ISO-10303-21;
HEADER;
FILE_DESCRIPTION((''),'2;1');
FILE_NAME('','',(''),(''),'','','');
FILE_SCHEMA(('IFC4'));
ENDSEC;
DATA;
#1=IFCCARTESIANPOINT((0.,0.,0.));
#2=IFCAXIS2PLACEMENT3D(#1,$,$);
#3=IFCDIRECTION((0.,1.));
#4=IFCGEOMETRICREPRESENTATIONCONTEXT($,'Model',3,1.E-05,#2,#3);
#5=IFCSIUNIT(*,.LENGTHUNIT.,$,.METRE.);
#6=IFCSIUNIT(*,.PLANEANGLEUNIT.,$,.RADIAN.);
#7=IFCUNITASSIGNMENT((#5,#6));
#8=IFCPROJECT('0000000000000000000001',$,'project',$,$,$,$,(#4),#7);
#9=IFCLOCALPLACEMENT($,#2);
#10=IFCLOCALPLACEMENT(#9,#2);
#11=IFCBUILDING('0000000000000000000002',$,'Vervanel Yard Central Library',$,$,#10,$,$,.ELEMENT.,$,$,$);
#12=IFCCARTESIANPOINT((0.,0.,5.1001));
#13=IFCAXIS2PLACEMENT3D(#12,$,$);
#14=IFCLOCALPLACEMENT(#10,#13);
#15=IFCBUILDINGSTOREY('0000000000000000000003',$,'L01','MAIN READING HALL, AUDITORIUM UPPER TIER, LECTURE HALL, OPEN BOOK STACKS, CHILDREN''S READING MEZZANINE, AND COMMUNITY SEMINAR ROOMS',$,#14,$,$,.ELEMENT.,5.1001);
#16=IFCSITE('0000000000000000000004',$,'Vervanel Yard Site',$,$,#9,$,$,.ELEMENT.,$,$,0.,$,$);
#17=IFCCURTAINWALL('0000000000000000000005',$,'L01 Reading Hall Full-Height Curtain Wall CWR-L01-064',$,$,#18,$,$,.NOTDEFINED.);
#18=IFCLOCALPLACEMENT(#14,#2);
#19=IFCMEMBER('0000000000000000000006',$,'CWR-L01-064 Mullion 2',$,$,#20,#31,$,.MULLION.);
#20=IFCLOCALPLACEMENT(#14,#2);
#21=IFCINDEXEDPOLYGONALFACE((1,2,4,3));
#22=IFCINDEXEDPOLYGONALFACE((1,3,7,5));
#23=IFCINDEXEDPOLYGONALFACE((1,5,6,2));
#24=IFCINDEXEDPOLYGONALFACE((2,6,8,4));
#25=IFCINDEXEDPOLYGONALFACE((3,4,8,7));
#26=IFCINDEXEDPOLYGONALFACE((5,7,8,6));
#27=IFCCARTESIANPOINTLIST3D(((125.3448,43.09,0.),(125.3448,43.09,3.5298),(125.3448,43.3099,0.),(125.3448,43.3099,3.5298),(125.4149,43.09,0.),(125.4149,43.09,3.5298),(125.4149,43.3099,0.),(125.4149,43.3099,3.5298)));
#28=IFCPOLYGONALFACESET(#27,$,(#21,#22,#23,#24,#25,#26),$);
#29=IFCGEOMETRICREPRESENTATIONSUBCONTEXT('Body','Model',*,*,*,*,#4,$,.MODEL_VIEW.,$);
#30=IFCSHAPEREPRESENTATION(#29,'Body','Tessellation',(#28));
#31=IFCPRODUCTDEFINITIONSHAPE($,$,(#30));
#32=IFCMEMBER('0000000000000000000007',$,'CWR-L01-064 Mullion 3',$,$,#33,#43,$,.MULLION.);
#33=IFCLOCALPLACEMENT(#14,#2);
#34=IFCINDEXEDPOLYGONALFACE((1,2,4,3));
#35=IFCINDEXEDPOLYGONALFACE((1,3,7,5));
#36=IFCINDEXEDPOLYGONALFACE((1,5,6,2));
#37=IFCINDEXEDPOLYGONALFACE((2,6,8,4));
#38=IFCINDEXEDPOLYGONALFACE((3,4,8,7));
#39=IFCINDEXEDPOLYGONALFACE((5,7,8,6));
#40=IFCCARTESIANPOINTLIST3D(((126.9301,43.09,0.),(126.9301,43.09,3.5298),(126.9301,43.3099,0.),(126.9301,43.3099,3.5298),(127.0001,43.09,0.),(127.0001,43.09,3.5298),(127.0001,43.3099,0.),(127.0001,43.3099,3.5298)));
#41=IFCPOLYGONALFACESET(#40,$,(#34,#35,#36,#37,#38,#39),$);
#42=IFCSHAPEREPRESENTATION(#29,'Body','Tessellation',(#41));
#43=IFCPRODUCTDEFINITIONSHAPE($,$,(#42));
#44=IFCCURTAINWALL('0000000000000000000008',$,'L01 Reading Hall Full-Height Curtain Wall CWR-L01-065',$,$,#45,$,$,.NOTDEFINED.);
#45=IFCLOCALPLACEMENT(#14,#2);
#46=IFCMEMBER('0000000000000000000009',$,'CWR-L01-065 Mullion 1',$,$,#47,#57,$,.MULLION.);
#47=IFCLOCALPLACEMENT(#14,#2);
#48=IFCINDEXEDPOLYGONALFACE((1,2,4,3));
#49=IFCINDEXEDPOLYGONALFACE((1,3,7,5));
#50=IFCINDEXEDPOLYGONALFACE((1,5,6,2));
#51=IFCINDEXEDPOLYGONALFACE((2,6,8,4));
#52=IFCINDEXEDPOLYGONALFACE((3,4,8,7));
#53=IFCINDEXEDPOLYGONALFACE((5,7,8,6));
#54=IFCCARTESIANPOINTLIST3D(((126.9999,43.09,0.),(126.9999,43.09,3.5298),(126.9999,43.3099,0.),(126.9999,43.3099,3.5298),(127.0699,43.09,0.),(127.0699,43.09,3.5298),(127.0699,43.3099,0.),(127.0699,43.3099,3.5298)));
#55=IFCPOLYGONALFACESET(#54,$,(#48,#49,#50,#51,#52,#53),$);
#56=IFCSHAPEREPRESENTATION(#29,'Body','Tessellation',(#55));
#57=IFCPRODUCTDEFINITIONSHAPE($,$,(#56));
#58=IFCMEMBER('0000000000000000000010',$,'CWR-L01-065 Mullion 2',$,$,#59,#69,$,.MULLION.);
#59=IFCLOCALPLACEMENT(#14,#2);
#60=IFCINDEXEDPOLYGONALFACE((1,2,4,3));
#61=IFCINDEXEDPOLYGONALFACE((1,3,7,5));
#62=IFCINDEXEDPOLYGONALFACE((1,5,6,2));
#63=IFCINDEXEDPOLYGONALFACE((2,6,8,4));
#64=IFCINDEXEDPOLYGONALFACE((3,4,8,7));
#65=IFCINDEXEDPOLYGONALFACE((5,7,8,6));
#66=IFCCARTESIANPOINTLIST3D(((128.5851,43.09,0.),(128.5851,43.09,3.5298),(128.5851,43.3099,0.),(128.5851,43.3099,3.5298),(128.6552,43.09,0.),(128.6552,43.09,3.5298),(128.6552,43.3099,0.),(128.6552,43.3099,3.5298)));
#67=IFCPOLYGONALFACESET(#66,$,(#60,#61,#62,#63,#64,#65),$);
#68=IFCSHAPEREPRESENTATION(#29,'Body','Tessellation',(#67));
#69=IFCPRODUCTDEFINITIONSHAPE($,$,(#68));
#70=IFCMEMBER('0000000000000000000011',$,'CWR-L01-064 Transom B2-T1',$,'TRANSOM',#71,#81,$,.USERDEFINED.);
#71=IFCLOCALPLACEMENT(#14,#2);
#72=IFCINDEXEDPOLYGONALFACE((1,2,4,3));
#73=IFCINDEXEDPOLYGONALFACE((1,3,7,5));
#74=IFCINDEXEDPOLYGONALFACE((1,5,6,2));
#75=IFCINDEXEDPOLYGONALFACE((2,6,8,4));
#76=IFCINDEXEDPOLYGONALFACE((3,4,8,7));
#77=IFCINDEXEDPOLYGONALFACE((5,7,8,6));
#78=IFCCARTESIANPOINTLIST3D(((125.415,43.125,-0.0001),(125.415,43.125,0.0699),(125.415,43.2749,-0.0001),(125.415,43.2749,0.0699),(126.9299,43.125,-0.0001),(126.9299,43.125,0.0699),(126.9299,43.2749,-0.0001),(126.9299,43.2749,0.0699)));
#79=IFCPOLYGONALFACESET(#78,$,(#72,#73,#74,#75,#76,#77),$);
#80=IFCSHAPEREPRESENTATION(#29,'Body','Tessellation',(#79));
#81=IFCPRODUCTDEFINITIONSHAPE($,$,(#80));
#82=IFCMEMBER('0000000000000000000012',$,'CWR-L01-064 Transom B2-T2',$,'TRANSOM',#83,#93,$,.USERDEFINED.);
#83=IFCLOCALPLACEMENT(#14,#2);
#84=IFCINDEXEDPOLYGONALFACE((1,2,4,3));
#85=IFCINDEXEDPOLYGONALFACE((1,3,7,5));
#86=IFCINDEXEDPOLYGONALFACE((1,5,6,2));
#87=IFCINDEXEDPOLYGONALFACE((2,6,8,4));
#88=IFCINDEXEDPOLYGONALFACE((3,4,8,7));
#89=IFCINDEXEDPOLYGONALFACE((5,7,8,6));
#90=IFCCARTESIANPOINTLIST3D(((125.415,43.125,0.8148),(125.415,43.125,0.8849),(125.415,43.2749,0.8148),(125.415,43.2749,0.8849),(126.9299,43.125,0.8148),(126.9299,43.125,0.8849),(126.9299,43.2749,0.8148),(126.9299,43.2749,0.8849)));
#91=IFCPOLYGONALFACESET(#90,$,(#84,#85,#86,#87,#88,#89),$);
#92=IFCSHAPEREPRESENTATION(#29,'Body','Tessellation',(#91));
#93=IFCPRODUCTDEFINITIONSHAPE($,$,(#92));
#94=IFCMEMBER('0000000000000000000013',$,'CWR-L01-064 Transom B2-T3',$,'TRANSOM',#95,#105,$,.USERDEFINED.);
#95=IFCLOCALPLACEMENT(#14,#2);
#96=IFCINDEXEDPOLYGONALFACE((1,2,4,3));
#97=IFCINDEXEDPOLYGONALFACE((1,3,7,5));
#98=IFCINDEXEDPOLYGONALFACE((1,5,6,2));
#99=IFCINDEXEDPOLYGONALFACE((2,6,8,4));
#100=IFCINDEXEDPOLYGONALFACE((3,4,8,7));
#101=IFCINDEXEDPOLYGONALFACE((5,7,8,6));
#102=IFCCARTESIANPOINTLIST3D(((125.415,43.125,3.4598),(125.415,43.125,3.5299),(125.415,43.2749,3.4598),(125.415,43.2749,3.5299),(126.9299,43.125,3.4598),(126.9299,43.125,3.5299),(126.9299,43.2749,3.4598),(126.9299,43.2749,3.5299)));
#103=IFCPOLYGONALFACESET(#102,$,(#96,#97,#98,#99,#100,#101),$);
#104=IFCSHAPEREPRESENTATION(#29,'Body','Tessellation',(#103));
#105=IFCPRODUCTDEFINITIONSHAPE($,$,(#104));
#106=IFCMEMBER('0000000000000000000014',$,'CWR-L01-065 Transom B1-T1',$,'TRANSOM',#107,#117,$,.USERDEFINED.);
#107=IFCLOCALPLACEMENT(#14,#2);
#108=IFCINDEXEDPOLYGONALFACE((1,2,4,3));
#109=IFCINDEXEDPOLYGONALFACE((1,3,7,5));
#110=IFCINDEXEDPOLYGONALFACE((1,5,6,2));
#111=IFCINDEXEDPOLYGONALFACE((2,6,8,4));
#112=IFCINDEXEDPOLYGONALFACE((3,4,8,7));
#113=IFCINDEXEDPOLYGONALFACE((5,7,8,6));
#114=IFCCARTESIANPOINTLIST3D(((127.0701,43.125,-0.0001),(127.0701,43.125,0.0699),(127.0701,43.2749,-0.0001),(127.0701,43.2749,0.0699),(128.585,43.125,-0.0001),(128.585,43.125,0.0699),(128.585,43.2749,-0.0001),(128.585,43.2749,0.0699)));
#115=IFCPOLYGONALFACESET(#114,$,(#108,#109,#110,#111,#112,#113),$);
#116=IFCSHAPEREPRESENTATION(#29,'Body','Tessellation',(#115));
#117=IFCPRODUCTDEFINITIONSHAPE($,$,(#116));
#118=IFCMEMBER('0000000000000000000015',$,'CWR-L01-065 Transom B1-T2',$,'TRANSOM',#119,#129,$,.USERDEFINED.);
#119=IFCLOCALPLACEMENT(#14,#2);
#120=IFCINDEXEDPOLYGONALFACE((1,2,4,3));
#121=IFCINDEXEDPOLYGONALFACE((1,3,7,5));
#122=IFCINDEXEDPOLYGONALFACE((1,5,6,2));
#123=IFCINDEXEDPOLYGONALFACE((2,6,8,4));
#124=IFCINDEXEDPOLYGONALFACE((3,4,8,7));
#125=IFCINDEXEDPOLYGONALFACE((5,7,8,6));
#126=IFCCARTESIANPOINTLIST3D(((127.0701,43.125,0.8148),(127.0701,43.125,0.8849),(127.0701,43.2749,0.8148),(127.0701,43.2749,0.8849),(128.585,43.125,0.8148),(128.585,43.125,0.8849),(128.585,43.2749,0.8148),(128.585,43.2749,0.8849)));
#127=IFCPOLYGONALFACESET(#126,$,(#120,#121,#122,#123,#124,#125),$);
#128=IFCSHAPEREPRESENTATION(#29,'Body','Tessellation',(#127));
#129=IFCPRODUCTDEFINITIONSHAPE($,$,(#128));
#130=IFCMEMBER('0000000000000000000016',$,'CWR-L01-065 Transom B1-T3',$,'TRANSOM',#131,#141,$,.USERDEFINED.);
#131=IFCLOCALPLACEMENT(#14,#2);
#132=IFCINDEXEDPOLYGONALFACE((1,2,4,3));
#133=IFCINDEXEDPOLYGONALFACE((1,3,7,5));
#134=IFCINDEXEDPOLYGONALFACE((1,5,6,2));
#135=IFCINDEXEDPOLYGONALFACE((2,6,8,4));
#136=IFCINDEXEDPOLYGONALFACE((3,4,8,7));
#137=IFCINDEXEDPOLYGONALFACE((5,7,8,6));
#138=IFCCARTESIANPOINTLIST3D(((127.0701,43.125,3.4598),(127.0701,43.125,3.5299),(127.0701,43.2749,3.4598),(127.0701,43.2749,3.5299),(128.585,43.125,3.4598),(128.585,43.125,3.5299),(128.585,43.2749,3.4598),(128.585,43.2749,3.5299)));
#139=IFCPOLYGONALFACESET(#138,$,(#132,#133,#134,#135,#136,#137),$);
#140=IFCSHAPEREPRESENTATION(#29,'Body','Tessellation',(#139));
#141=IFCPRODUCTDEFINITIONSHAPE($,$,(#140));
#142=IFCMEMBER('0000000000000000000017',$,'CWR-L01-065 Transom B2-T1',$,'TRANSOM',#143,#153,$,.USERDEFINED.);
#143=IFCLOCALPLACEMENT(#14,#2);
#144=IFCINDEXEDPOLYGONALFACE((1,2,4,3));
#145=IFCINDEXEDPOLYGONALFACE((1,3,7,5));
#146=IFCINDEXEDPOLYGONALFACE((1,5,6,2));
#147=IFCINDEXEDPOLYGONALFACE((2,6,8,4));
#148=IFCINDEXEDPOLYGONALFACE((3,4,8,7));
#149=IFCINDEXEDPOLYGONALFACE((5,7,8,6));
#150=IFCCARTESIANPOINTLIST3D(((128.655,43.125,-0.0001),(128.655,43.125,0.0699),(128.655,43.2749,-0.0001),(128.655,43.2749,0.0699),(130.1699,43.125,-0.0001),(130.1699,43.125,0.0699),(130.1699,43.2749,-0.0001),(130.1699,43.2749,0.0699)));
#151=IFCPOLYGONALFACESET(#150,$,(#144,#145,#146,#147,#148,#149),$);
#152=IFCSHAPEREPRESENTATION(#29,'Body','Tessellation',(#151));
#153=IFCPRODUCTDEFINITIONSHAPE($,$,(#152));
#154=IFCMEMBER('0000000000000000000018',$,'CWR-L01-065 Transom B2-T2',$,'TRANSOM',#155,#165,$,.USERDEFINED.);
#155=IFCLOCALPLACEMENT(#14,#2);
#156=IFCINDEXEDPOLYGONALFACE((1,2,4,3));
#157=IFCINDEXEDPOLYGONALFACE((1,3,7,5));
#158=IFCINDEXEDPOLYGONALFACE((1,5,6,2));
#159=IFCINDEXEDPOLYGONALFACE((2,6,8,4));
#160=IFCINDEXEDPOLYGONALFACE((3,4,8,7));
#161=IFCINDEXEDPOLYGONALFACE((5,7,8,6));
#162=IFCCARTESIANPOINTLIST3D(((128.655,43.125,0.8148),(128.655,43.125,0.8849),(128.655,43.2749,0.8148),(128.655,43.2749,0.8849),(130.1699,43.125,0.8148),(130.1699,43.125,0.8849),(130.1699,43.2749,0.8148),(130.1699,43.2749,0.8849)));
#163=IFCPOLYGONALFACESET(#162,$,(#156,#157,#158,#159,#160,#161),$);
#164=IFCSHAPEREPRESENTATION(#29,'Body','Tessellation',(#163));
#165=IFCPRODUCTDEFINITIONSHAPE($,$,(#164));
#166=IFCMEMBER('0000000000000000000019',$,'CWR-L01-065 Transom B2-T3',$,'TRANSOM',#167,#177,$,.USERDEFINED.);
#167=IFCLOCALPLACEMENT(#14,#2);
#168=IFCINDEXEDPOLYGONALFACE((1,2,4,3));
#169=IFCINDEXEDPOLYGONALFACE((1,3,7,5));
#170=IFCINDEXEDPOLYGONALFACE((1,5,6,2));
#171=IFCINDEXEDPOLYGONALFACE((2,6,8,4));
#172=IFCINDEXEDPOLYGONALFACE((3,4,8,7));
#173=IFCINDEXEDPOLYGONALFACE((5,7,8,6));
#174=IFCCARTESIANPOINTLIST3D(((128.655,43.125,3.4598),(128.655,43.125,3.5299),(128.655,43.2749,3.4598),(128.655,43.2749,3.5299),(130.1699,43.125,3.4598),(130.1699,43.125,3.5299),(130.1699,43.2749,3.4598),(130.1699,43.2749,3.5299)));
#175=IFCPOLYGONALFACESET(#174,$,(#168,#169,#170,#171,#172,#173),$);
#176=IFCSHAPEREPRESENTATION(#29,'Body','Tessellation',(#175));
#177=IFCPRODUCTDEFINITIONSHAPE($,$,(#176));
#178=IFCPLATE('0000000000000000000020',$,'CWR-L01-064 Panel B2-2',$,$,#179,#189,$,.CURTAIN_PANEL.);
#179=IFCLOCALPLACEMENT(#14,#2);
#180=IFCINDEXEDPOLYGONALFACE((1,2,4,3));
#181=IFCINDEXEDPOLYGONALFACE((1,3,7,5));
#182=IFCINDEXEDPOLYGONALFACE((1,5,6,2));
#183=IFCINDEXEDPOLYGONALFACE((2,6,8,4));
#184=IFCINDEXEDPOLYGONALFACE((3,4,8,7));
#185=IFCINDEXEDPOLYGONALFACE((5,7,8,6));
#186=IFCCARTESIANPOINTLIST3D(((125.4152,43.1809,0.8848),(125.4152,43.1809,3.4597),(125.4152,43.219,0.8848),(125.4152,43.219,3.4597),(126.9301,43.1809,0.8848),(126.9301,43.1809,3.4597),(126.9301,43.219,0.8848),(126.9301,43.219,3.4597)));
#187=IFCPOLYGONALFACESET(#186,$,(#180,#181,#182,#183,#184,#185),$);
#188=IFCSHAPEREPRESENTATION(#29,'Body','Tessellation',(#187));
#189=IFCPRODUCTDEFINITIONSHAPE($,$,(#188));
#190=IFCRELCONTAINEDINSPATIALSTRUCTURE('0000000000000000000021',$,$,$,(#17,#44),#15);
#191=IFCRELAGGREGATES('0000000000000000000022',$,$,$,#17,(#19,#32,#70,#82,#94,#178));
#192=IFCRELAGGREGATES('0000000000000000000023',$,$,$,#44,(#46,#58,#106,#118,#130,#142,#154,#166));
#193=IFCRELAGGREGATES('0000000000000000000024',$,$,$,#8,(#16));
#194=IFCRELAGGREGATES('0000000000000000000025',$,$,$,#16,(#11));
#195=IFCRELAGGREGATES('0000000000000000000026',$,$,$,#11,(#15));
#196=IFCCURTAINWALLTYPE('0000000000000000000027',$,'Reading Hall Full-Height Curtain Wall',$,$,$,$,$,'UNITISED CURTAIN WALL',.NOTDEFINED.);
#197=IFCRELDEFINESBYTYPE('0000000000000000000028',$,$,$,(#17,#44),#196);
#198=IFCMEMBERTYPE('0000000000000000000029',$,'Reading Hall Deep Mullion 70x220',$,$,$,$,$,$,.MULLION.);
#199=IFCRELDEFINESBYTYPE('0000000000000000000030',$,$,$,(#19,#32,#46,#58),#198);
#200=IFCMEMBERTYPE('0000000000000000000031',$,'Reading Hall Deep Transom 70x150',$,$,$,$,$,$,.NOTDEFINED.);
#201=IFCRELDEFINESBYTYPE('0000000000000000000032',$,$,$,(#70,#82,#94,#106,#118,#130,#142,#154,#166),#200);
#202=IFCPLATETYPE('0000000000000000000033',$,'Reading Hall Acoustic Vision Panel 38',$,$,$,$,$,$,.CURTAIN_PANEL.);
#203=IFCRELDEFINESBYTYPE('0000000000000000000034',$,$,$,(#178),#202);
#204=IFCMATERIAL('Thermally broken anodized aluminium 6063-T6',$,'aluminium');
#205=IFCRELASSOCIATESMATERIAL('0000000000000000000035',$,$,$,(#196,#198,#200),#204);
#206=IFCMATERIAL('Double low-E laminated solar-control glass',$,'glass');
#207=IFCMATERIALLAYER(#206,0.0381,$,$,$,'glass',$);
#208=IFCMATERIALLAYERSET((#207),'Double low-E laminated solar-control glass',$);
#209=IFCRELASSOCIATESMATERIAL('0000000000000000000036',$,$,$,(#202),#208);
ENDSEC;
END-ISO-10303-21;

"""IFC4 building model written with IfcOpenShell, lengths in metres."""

from ifc_helpers import new_model, si_unit, direction, frame, origin, origin_2d, place, context, subcontext, project, spatial, rectangle, extrude, material, layer, layer_set, material_profile, profile_set, type_object, element, aggregate, save


model = new_model("IFC4")

# Units and contexts
model_context = context("Model", 3, precision=1e-05, world=origin(), true_north=direction((0.0, 1.0)))
body_context = subcontext(model_context, "Body", "Model", "MODEL_VIEW")
ifc_project = project(units=[si_unit("LENGTHUNIT", "METRE"), si_unit("PLANEANGLEUNIT", "RADIAN")], contexts=[model_context])

# Site, building, storey
site_placement = place(None, origin())
site = spatial("IfcSite", under=ifc_project, at=site_placement, Name="Vervanel Yard Site", CompositionType="ELEMENT", RefElevation=0.0)
building_placement = place(site_placement, origin())
building = spatial("IfcBuilding", under=site, at=building_placement, Name="Vervanel Yard Central Library", CompositionType="ELEMENT")
storey_placement = place(building_placement, frame((0.0, 0.0, 5.1001)))
storey = spatial("IfcBuildingStorey", under=building, at=storey_placement, Name="L01", Description="MAIN READING HALL, AUDITORIUM UPPER TIER, LECTURE HALL, OPEN BOOK STACKS, CHILDREN'S READING MEZZANINE, AND COMMUNITY SEMINAR ROOMS", CompositionType="ELEMENT", Elevation=5.1001)

# Curtain walls, members
ifc_material_1 = material(Name="Thermally broken anodized aluminium 6063-T6", Category="aluminium")
curtain_wall_type = type_object("IfcCurtainWallType", Name="Reading Hall Full-Height Curtain Wall", ElementType="UNITISED CURTAIN WALL", PredefinedType="NOTDEFINED", material=ifc_material_1)
curtain_wall_1_placement = place(storey_placement, origin())
curtain_wall_1 = element("IfcCurtainWall", 1, at=curtain_wall_1_placement, inside=storey, type_object=curtain_wall_type, Name="L01 Reading Hall Full-Height Curtain Wall CWR-L01-064", PredefinedType="NOTDEFINED")
ifc_material_profile_1 = material_profile(ifc_material_1, rectangle(XDim=0.0701, YDim=0.22, at=origin_2d()), Name="ALU 70x220", Category="aluminium")
ifc_profile_set_1 = profile_set([ifc_material_profile_1], Name="Thermally broken anodized aluminium 6063-T6")
member_type_1 = type_object("IfcMemberType", Name="Reading Hall Deep Mullion 70x220", PredefinedType="MULLION", material=ifc_profile_set_1)
member_1_placement = place(storey_placement, frame((125.3799, 43.2, 0.0), z_axis=(0.0, 0.0, 1.0), x_axis=(1.0, 0.0, 0.0)))
member_1 = element("IfcMember", 2, at=member_1_placement, type_object=member_type_1, Name="CWR-L01-064 Mullion 2", PredefinedType="MULLION", context=body_context, shape_type="SweptSolid", body=[
    extrude(rectangle(XDim=0.0701, YDim=0.22, at=origin_2d()), origin(), (0.0, 0.0, 1.0), 3.5298),
])
member_2_placement = place(storey_placement, frame((126.9651, 43.2, 0.0), z_axis=(0.0, 0.0, 1.0), x_axis=(1.0, 0.0, 0.0)))
member_2 = element("IfcMember", 3, at=member_2_placement, type_object=member_type_1, Name="CWR-L01-064 Mullion 3", PredefinedType="MULLION", context=body_context, shape_type="SweptSolid", body=[
    extrude(rectangle(XDim=0.0701, YDim=0.22, at=origin_2d()), origin(), (0.0, 0.0, 1.0), 3.5298),
])
curtain_wall_2_placement = place(storey_placement, origin())
curtain_wall_2 = element("IfcCurtainWall", 4, at=curtain_wall_2_placement, inside=storey, type_object=curtain_wall_type, Name="L01 Reading Hall Full-Height Curtain Wall CWR-L01-065", PredefinedType="NOTDEFINED")
member_3_placement = place(storey_placement, frame((127.0349, 43.2, 0.0), z_axis=(0.0, 0.0, 1.0), x_axis=(1.0, 0.0, 0.0)))
member_3 = element("IfcMember", 5, at=member_3_placement, type_object=member_type_1, Name="CWR-L01-065 Mullion 1", PredefinedType="MULLION", context=body_context, shape_type="SweptSolid", body=[
    extrude(rectangle(XDim=0.0701, YDim=0.22, at=origin_2d()), origin(), (0.0, 0.0, 1.0), 3.5298),
])
member_4_placement = place(storey_placement, frame((128.6201, 43.2, 0.0), z_axis=(0.0, 0.0, 1.0), x_axis=(1.0, 0.0, 0.0)))
member_4 = element("IfcMember", 6, at=member_4_placement, type_object=member_type_1, Name="CWR-L01-065 Mullion 2", PredefinedType="MULLION", context=body_context, shape_type="SweptSolid", body=[
    extrude(rectangle(XDim=0.0701, YDim=0.22, at=origin_2d()), origin(), (0.0, 0.0, 1.0), 3.5298),
])

# Members
ifc_material_profile_2 = material_profile(ifc_material_1, rectangle(XDim=0.0701, YDim=0.1499, at=origin_2d()), Name="ALU 70x150", Category="aluminium")
ifc_profile_set_2 = profile_set([ifc_material_profile_2], Name="Thermally broken anodized aluminium 6063-T6")
member_type_2 = type_object("IfcMemberType", Name="Reading Hall Deep Transom 70x150", PredefinedType="NOTDEFINED", material=ifc_profile_set_2)
member_5_placement = place(storey_placement, frame((125.415, 43.2, 0.0349), z_axis=(1.0, 0.0, 0.0), x_axis=(0.0, 0.0, 1.0)))
member_5 = element("IfcMember", 7, at=member_5_placement, type_object=member_type_2, Name="CWR-L01-064 Transom B2-T1", ObjectType="TRANSOM", PredefinedType="USERDEFINED", context=body_context, shape_type="SweptSolid", body=[
    extrude(rectangle(XDim=0.0701, YDim=0.1499, at=origin_2d()), origin(), (0.0, 0.0, 1.0), 1.5149),
])
member_6_placement = place(storey_placement, frame((125.415, 43.2, 0.8499), z_axis=(1.0, 0.0, 0.0), x_axis=(0.0, 0.0, 1.0)))
member_6 = element("IfcMember", 8, at=member_6_placement, type_object=member_type_2, Name="CWR-L01-064 Transom B2-T2", ObjectType="TRANSOM", PredefinedType="USERDEFINED", context=body_context, shape_type="SweptSolid", body=[
    extrude(rectangle(XDim=0.0701, YDim=0.1499, at=origin_2d()), origin(), (0.0, 0.0, 1.0), 1.5149),
])
member_7_placement = place(storey_placement, frame((125.415, 43.2, 3.4949), z_axis=(1.0, 0.0, 0.0), x_axis=(0.0, 0.0, 1.0)))
member_7 = element("IfcMember", 9, at=member_7_placement, type_object=member_type_2, Name="CWR-L01-064 Transom B2-T3", ObjectType="TRANSOM", PredefinedType="USERDEFINED", context=body_context, shape_type="SweptSolid", body=[
    extrude(rectangle(XDim=0.0701, YDim=0.1499, at=origin_2d()), origin(), (0.0, 0.0, 1.0), 1.5149),
])
member_8_placement = place(storey_placement, frame((127.0701, 43.2, 0.0349), z_axis=(1.0, 0.0, 0.0), x_axis=(0.0, 0.0, 1.0)))
member_8 = element("IfcMember", 10, at=member_8_placement, type_object=member_type_2, Name="CWR-L01-065 Transom B1-T1", ObjectType="TRANSOM", PredefinedType="USERDEFINED", context=body_context, shape_type="SweptSolid", body=[
    extrude(rectangle(XDim=0.0701, YDim=0.1499, at=origin_2d()), origin(), (0.0, 0.0, 1.0), 1.5149),
])
member_9_placement = place(storey_placement, frame((127.0701, 43.2, 0.8499), z_axis=(1.0, 0.0, 0.0), x_axis=(0.0, 0.0, 1.0)))
member_9 = element("IfcMember", 11, at=member_9_placement, type_object=member_type_2, Name="CWR-L01-065 Transom B1-T2", ObjectType="TRANSOM", PredefinedType="USERDEFINED", context=body_context, shape_type="SweptSolid", body=[
    extrude(rectangle(XDim=0.0701, YDim=0.1499, at=origin_2d()), origin(), (0.0, 0.0, 1.0), 1.5149),
])
member_10_placement = place(storey_placement, frame((127.0701, 43.2, 3.4949), z_axis=(1.0, 0.0, 0.0), x_axis=(0.0, 0.0, 1.0)))
member_10 = element("IfcMember", 12, at=member_10_placement, type_object=member_type_2, Name="CWR-L01-065 Transom B1-T3", ObjectType="TRANSOM", PredefinedType="USERDEFINED", context=body_context, shape_type="SweptSolid", body=[
    extrude(rectangle(XDim=0.0701, YDim=0.1499, at=origin_2d()), origin(), (0.0, 0.0, 1.0), 1.5149),
])
member_11_placement = place(storey_placement, frame((128.655, 43.2, 0.0349), z_axis=(1.0, 0.0, 0.0), x_axis=(0.0, 0.0, 1.0)))
member_11 = element("IfcMember", 13, at=member_11_placement, type_object=member_type_2, Name="CWR-L01-065 Transom B2-T1", ObjectType="TRANSOM", PredefinedType="USERDEFINED", context=body_context, shape_type="SweptSolid", body=[
    extrude(rectangle(XDim=0.0701, YDim=0.1499, at=origin_2d()), origin(), (0.0, 0.0, 1.0), 1.5149),
])
member_12_placement = place(storey_placement, frame((128.655, 43.2, 0.8499), z_axis=(1.0, 0.0, 0.0), x_axis=(0.0, 0.0, 1.0)))
member_12 = element("IfcMember", 14, at=member_12_placement, type_object=member_type_2, Name="CWR-L01-065 Transom B2-T2", ObjectType="TRANSOM", PredefinedType="USERDEFINED", context=body_context, shape_type="SweptSolid", body=[
    extrude(rectangle(XDim=0.0701, YDim=0.1499, at=origin_2d()), origin(), (0.0, 0.0, 1.0), 1.5149),
])
member_13_placement = place(storey_placement, frame((128.655, 43.2, 3.4949), z_axis=(1.0, 0.0, 0.0), x_axis=(0.0, 0.0, 1.0)))
member_13 = element("IfcMember", 15, at=member_13_placement, type_object=member_type_2, Name="CWR-L01-065 Transom B2-T3", ObjectType="TRANSOM", PredefinedType="USERDEFINED", context=body_context, shape_type="SweptSolid", body=[
    extrude(rectangle(XDim=0.0701, YDim=0.1499, at=origin_2d()), origin(), (0.0, 0.0, 1.0), 1.5149),
])

# Plate
ifc_material_2 = material(Name="Double low-E laminated solar-control glass", Category="glass")
ifc_layer_1 = layer(ifc_material_2, 0.0381, Category="glass")
ifc_layer_set_1 = layer_set([ifc_layer_1], Name="Double low-E laminated solar-control glass")
plate_type_1 = type_object("IfcPlateType", Name="Reading Hall Acoustic Vision Panel 38", PredefinedType="CURTAIN_PANEL", material=ifc_layer_set_1)
plate_1_placement = place(storey_placement, frame((126.1726, 43.2, 0.8848), z_axis=(0.0, 0.0, 1.0), x_axis=(1.0, 0.0, 0.0)))
plate_1 = element("IfcPlate", 16, at=plate_1_placement, type_object=plate_type_1, Name="CWR-L01-064 Panel B2-2", PredefinedType="CURTAIN_PANEL", context=body_context, shape_type="SweptSolid", body=[
    extrude(rectangle(XDim=1.5149, YDim=0.0381, at=origin_2d()), origin(), (0.0, 0.0, 1.0), 2.575),
])
aggregate(curtain_wall_1, [member_1, member_2, member_5, member_6, member_7, plate_1])
aggregate(curtain_wall_2, [member_3, member_4, member_8, member_9, member_10, member_11, member_12, member_13])

save(model, "model.ifc")
